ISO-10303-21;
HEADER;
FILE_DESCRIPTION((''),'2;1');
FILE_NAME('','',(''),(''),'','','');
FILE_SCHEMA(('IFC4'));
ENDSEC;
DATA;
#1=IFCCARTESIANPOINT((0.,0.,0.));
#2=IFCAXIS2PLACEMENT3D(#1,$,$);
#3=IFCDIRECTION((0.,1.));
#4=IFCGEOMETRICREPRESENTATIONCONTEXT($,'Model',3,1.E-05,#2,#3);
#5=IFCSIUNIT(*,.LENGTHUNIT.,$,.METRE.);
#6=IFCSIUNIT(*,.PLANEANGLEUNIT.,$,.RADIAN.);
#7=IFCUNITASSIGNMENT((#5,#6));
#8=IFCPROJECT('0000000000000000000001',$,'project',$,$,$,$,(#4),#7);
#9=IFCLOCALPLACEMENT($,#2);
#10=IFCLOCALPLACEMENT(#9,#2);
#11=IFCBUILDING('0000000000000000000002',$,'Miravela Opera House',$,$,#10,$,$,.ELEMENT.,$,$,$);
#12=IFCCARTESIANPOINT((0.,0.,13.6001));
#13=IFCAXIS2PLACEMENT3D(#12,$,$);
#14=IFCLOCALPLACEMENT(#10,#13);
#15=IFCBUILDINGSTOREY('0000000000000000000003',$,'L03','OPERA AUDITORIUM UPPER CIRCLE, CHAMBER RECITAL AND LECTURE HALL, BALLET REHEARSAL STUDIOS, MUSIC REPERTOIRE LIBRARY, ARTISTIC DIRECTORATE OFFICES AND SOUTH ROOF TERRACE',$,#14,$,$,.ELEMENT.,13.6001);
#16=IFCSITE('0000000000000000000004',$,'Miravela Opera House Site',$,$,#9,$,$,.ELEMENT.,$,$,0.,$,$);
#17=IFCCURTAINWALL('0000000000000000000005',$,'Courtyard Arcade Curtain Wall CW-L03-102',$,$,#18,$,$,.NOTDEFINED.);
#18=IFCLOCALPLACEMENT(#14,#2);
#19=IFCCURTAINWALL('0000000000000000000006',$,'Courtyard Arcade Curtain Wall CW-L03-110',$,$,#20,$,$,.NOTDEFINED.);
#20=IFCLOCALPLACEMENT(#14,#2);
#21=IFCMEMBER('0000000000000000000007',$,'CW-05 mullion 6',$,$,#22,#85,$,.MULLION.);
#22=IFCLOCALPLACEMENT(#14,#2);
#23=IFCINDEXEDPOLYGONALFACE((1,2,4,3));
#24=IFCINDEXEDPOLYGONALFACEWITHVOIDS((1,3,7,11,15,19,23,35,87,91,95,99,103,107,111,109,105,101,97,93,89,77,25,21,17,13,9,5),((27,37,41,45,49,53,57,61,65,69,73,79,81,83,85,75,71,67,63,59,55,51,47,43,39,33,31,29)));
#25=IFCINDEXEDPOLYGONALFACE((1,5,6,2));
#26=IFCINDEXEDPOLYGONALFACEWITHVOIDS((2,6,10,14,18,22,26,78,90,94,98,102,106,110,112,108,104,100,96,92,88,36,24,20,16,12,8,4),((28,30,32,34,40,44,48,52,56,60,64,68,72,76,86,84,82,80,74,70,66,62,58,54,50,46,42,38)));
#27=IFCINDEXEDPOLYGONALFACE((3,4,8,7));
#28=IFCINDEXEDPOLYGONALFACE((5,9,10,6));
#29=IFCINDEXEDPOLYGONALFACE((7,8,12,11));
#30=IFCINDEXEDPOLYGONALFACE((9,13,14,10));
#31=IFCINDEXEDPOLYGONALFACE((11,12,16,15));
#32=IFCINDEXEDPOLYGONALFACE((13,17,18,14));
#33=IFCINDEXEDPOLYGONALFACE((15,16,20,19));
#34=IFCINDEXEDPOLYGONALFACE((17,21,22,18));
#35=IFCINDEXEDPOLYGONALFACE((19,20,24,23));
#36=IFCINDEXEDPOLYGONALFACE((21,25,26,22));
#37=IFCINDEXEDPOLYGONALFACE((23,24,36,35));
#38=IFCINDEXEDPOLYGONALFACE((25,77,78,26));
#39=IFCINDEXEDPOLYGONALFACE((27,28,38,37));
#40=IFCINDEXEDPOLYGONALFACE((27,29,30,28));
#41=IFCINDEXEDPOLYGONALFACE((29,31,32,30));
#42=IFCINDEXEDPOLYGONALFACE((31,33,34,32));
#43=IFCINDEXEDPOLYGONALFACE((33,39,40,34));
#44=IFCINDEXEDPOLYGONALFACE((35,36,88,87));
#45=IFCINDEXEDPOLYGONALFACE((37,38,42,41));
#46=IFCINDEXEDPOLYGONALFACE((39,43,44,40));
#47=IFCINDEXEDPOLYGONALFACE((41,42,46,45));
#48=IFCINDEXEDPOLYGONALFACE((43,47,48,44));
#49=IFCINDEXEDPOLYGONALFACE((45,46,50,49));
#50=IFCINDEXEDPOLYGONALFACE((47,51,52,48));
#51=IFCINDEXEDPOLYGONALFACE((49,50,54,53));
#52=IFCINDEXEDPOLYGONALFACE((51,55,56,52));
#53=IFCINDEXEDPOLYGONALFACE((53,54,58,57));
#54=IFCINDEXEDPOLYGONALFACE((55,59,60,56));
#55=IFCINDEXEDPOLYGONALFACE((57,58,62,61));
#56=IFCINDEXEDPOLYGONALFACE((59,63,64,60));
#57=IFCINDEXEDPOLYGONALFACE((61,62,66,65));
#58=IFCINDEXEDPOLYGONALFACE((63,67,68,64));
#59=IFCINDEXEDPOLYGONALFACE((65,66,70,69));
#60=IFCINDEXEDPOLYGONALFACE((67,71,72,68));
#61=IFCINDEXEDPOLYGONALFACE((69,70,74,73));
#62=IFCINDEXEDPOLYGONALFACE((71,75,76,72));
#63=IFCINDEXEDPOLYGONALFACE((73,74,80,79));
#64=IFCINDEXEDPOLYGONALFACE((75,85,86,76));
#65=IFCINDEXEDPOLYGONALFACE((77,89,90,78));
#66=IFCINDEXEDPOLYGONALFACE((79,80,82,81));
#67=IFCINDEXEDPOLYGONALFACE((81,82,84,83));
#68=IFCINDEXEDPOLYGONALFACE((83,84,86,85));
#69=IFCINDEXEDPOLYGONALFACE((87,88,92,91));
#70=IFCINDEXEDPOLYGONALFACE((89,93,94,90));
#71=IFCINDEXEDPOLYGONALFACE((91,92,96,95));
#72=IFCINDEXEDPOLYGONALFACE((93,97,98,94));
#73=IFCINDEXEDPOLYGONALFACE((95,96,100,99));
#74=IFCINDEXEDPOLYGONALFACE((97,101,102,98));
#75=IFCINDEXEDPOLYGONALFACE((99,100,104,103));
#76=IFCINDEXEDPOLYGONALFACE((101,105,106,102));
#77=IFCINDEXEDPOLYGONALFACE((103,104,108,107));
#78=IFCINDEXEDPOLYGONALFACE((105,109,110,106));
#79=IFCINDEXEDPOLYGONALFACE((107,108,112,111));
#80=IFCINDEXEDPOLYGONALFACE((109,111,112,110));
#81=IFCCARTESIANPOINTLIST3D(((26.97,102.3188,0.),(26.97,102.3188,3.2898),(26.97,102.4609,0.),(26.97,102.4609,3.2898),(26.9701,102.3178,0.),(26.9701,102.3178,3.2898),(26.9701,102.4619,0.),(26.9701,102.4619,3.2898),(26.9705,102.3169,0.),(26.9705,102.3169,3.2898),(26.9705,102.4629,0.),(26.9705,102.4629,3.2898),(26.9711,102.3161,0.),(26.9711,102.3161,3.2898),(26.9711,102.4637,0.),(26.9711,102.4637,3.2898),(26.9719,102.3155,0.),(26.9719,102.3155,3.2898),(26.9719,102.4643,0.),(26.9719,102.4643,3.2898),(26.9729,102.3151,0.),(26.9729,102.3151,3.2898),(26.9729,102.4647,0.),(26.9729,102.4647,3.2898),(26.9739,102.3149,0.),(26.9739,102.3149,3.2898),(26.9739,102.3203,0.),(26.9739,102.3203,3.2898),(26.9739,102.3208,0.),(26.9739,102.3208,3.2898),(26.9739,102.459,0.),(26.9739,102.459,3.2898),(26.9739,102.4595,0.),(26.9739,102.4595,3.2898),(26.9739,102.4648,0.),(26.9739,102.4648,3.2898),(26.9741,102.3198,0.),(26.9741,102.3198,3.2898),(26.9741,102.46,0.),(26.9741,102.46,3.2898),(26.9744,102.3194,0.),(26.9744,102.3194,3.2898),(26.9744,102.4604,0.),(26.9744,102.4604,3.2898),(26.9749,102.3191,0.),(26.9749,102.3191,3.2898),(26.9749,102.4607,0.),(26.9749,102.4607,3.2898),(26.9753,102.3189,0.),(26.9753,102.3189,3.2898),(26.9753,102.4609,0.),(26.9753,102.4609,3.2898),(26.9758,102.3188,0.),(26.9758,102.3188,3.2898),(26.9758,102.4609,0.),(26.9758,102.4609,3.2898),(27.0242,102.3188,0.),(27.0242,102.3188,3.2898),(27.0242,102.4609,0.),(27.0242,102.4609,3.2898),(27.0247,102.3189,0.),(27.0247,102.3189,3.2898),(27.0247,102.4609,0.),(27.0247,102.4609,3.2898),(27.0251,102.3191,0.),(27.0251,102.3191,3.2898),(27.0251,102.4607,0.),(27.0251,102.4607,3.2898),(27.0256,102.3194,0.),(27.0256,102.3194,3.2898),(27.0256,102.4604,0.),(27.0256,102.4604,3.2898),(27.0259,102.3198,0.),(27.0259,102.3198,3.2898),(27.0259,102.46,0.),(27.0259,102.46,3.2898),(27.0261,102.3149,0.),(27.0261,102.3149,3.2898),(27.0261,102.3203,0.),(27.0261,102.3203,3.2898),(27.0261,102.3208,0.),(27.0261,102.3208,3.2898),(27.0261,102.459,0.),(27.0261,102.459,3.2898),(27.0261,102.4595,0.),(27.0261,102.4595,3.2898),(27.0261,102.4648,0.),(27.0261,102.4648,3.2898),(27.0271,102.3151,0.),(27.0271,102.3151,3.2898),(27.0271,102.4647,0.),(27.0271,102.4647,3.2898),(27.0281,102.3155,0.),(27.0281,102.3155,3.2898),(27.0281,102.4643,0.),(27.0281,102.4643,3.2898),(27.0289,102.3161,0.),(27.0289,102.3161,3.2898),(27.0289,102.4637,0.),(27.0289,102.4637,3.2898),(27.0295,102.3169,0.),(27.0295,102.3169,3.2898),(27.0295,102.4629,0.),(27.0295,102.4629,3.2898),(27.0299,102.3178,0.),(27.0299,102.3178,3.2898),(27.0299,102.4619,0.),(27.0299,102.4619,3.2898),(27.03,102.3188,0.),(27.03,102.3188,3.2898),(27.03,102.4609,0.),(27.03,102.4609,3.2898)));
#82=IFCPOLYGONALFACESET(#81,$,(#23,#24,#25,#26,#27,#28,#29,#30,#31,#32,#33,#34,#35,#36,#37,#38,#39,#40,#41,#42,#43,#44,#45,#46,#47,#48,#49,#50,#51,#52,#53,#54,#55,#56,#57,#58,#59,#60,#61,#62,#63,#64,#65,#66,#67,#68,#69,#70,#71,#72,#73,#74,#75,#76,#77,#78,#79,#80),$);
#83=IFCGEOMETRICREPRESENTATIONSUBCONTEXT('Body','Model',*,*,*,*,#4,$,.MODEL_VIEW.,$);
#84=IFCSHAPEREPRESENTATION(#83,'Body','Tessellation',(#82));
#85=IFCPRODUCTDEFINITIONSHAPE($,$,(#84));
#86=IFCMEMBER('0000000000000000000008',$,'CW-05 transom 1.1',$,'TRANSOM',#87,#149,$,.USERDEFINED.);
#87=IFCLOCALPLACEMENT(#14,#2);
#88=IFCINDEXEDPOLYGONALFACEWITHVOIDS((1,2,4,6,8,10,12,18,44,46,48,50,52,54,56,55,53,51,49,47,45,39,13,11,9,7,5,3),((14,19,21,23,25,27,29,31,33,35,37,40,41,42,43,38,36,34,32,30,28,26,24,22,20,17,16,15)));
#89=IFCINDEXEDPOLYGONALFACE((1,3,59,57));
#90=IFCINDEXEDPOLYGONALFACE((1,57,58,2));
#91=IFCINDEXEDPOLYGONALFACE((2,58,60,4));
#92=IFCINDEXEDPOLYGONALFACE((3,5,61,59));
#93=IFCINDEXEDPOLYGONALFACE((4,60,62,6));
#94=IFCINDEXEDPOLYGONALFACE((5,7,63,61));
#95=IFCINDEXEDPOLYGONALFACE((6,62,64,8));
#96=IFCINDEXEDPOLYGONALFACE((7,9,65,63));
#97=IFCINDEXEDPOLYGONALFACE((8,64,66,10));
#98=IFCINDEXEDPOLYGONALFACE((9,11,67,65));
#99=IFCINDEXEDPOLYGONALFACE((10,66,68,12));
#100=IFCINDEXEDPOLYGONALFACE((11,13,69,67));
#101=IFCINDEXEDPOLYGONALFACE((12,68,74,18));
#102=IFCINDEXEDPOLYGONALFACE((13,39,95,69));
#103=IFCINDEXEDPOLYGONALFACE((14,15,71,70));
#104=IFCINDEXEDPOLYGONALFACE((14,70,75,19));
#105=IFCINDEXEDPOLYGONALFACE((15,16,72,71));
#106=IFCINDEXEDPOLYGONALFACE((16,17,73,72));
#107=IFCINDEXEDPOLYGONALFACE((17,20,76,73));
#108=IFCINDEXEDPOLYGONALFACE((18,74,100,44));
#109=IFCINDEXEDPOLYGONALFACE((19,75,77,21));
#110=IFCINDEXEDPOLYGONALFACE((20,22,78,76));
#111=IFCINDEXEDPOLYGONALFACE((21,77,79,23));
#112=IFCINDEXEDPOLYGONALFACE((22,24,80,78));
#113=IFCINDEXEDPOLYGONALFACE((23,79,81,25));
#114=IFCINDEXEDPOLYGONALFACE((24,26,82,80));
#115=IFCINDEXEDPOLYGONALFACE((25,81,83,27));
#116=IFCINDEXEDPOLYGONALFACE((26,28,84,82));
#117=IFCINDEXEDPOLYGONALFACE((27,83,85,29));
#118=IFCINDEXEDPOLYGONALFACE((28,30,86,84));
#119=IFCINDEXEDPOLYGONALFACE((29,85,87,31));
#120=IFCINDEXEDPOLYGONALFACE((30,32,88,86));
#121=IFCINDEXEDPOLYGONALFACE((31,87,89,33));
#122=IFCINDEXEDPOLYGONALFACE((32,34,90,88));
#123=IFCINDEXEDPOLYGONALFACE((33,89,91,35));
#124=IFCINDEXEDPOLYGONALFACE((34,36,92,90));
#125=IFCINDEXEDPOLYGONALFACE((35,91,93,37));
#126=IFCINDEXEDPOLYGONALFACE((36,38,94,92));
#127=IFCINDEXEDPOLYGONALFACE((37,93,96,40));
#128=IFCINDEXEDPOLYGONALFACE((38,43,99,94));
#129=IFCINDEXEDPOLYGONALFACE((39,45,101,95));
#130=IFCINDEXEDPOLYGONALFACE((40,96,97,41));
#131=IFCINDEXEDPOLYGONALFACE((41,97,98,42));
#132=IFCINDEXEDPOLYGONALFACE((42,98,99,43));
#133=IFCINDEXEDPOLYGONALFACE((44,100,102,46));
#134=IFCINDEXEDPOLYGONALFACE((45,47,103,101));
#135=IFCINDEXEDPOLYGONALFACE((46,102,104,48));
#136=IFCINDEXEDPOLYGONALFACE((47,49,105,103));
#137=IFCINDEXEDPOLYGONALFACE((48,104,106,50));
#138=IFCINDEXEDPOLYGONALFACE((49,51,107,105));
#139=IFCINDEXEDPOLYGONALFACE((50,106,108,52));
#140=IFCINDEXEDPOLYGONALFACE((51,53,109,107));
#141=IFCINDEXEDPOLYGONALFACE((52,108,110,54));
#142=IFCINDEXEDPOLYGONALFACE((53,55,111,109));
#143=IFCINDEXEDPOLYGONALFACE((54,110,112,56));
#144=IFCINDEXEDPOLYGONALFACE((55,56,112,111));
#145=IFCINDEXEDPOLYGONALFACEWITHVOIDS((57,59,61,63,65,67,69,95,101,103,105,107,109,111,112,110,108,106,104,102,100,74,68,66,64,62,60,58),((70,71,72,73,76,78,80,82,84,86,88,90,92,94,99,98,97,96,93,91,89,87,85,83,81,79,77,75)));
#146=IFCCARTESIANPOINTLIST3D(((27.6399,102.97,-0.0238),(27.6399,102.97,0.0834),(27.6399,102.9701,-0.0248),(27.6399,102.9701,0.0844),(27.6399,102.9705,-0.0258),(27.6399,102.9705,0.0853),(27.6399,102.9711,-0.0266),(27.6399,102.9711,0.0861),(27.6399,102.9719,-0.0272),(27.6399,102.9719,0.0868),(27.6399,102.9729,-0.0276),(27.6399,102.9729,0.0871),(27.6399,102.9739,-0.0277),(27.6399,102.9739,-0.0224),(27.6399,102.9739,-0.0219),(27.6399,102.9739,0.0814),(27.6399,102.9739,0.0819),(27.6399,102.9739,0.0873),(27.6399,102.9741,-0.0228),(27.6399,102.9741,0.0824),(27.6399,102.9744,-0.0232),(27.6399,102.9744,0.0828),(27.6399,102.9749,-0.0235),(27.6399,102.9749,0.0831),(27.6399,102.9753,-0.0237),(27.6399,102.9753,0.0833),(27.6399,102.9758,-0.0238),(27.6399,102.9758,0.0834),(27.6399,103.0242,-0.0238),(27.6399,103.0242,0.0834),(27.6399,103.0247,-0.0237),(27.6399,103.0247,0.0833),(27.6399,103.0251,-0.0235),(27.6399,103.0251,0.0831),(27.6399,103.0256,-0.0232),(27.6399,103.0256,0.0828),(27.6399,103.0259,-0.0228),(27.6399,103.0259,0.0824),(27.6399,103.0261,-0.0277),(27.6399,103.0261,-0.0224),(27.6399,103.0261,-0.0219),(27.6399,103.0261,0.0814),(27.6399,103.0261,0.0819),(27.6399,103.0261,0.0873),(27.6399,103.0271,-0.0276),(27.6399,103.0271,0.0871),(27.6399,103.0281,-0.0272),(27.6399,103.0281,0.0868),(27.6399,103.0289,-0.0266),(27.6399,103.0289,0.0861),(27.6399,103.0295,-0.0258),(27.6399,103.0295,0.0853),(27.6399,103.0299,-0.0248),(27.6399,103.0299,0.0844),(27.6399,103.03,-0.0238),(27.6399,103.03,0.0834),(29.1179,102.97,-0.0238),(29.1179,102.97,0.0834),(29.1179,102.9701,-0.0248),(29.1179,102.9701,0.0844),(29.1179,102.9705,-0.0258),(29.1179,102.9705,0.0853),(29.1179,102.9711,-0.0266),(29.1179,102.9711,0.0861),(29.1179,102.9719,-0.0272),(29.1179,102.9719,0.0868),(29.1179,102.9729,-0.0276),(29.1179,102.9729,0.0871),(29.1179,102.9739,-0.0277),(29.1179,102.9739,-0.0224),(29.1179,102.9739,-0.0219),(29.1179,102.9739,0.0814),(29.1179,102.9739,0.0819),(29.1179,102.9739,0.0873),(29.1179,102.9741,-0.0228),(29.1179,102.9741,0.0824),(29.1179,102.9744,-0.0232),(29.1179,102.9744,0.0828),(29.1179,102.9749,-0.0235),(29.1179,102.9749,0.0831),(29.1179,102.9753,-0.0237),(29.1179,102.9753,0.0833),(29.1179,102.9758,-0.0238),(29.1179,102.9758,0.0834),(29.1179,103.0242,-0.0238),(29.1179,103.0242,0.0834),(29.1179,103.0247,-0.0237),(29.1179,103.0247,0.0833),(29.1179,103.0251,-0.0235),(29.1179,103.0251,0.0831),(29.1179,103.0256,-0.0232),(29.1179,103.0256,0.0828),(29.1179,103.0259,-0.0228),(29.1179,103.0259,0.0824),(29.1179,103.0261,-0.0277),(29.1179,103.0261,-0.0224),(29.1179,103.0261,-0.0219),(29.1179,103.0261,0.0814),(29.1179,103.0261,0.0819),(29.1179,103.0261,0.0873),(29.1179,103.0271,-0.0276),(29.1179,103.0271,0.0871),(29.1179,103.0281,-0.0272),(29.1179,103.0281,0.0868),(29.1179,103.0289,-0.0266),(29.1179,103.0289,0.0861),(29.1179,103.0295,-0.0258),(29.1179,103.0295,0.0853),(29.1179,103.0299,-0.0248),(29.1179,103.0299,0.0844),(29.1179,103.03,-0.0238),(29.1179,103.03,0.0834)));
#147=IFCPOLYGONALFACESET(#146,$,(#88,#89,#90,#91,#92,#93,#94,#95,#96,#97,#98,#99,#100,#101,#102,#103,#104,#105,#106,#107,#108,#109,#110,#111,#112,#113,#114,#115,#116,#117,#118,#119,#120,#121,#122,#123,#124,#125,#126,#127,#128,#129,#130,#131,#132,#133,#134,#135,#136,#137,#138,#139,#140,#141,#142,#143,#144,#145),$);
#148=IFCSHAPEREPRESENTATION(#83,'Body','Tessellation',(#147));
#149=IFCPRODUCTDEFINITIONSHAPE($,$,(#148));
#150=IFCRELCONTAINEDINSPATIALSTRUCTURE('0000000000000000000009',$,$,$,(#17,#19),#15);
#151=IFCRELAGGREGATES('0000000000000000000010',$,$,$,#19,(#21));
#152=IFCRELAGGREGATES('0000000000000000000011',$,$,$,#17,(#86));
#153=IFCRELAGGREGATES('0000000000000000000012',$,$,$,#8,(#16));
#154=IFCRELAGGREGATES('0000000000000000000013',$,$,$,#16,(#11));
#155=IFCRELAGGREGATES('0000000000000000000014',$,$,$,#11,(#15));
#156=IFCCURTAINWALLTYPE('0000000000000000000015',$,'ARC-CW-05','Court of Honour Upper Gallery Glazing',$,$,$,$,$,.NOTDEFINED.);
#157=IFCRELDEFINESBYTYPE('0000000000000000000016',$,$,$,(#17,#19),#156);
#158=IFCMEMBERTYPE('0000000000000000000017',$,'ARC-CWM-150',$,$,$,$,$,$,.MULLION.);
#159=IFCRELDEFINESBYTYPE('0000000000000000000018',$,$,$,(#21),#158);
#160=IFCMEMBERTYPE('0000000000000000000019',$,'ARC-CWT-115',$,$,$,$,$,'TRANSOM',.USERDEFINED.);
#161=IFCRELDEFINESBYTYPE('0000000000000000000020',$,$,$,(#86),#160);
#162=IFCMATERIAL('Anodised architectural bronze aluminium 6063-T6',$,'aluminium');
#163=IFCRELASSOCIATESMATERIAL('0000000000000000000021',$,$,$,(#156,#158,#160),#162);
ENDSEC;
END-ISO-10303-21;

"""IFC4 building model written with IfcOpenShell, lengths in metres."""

from ifc_helpers import new_model, si_unit, direction, frame, origin, origin_2d, place, context, subcontext, project, spatial, hollow_rectangle, extrude, material, material_profile, profile_set, type_object, element, aggregate, save


model = new_model("IFC4")

# Units and contexts
model_context = context("Model", 3, precision=1e-05, world=origin(), true_north=direction((0.0, 1.0)))
body_context = subcontext(model_context, "Body", "Model", "MODEL_VIEW")
ifc_project = project(units=[si_unit("LENGTHUNIT", "METRE"), si_unit("PLANEANGLEUNIT", "RADIAN")], contexts=[model_context])

# Site, building, storey
site_placement = place(None, origin())
site = spatial("IfcSite", under=ifc_project, at=site_placement, Name="Miravela Opera House Site", CompositionType="ELEMENT", RefElevation=0.0)
building_placement = place(site_placement, origin())
building = spatial("IfcBuilding", under=site, at=building_placement, Name="Miravela Opera House", CompositionType="ELEMENT")
storey_placement = place(building_placement, frame((0.0, 0.0, 13.6001)))
storey = spatial("IfcBuildingStorey", under=building, at=storey_placement, Name="L03", Description="OPERA AUDITORIUM UPPER CIRCLE, CHAMBER RECITAL AND LECTURE HALL, BALLET REHEARSAL STUDIOS, MUSIC REPERTOIRE LIBRARY, ARTISTIC DIRECTORATE OFFICES AND SOUTH ROOF TERRACE", CompositionType="ELEMENT", Elevation=13.6001)

# Curtain wall
ifc_material_1 = material(Name="Anodised architectural bronze aluminium 6063-T6", Category="aluminium")
curtain_wall_type = type_object("IfcCurtainWallType", Name="ARC-CW-05", Description="Court of Honour Upper Gallery Glazing", PredefinedType="NOTDEFINED", material=ifc_material_1)
curtain_wall_1_placement = place(storey_placement, origin())
curtain_wall_1 = element("IfcCurtainWall", 1, at=curtain_wall_1_placement, inside=storey, type_object=curtain_wall_type, Name="Courtyard Arcade Curtain Wall CW-L03-102", PredefinedType="NOTDEFINED")
ifc_material_profile_1 = material_profile(ifc_material_1, hollow_rectangle(XDim=0.0601, YDim=0.1499, WallThickness=0.0039, InnerFilletRadius=0.002, OuterFilletRadius=0.0039, at=origin_2d()), Name="CWM-60X150")
ifc_profile_set_1 = profile_set([ifc_material_profile_1])
member_type_1 = type_object("IfcMemberType", Name="ARC-CWM-150", PredefinedType="MULLION", material=ifc_profile_set_1)

# Curtain wall, member
curtain_wall_2_placement = place(storey_placement, origin())
curtain_wall_2 = element("IfcCurtainWall", 2, at=curtain_wall_2_placement, inside=storey, type_object=curtain_wall_type, Name="Courtyard Arcade Curtain Wall CW-L03-110", PredefinedType="NOTDEFINED")
member_1_placement = place(storey_placement, frame((27.0, 102.3899, 0.0), z_axis=(0.0, 0.0, 1.0), x_axis=(-1.0, 0.0, 0.0)))
member_1 = element("IfcMember", 3, at=member_1_placement, type_object=member_type_1, Name="CW-05 mullion 6", PredefinedType="MULLION", context=body_context, shape_type="SweptSolid", body=[
    extrude(hollow_rectangle(XDim=0.0601, YDim=0.1499, WallThickness=0.0039, InnerFilletRadius=0.002, OuterFilletRadius=0.0039, at=origin_2d()), origin(), (0.0, 0.0, 1.0), 3.2898),
])
aggregate(curtain_wall_2, [member_1])

# Member
ifc_material_profile_2 = material_profile(ifc_material_1, hollow_rectangle(XDim=0.0601, YDim=0.115, WallThickness=0.0039, InnerFilletRadius=0.002, OuterFilletRadius=0.0039, at=origin_2d()), Name="CWT-60X115")
ifc_profile_set_2 = profile_set([ifc_material_profile_2])
member_type_2 = type_object("IfcMemberType", Name="ARC-CWT-115", ElementType="TRANSOM", PredefinedType="USERDEFINED", material=ifc_profile_set_2)
member_2_placement = place(storey_placement, frame((27.6399, 103.0, 0.0298), z_axis=(1.0, 0.0, 0.0), x_axis=(0.0, 1.0, 0.0)))
member_2 = element("IfcMember", 4, at=member_2_placement, type_object=member_type_2, Name="CW-05 transom 1.1", ObjectType="TRANSOM", PredefinedType="USERDEFINED", context=body_context, shape_type="SweptSolid", body=[
    extrude(hollow_rectangle(XDim=0.0601, YDim=0.115, WallThickness=0.0039, InnerFilletRadius=0.002, OuterFilletRadius=0.0039, at=origin_2d()), origin(), (0.0, 0.0, 1.0), 1.478),
])

aggregate(curtain_wall_1, [member_2])

save(model, "model.ifc")
